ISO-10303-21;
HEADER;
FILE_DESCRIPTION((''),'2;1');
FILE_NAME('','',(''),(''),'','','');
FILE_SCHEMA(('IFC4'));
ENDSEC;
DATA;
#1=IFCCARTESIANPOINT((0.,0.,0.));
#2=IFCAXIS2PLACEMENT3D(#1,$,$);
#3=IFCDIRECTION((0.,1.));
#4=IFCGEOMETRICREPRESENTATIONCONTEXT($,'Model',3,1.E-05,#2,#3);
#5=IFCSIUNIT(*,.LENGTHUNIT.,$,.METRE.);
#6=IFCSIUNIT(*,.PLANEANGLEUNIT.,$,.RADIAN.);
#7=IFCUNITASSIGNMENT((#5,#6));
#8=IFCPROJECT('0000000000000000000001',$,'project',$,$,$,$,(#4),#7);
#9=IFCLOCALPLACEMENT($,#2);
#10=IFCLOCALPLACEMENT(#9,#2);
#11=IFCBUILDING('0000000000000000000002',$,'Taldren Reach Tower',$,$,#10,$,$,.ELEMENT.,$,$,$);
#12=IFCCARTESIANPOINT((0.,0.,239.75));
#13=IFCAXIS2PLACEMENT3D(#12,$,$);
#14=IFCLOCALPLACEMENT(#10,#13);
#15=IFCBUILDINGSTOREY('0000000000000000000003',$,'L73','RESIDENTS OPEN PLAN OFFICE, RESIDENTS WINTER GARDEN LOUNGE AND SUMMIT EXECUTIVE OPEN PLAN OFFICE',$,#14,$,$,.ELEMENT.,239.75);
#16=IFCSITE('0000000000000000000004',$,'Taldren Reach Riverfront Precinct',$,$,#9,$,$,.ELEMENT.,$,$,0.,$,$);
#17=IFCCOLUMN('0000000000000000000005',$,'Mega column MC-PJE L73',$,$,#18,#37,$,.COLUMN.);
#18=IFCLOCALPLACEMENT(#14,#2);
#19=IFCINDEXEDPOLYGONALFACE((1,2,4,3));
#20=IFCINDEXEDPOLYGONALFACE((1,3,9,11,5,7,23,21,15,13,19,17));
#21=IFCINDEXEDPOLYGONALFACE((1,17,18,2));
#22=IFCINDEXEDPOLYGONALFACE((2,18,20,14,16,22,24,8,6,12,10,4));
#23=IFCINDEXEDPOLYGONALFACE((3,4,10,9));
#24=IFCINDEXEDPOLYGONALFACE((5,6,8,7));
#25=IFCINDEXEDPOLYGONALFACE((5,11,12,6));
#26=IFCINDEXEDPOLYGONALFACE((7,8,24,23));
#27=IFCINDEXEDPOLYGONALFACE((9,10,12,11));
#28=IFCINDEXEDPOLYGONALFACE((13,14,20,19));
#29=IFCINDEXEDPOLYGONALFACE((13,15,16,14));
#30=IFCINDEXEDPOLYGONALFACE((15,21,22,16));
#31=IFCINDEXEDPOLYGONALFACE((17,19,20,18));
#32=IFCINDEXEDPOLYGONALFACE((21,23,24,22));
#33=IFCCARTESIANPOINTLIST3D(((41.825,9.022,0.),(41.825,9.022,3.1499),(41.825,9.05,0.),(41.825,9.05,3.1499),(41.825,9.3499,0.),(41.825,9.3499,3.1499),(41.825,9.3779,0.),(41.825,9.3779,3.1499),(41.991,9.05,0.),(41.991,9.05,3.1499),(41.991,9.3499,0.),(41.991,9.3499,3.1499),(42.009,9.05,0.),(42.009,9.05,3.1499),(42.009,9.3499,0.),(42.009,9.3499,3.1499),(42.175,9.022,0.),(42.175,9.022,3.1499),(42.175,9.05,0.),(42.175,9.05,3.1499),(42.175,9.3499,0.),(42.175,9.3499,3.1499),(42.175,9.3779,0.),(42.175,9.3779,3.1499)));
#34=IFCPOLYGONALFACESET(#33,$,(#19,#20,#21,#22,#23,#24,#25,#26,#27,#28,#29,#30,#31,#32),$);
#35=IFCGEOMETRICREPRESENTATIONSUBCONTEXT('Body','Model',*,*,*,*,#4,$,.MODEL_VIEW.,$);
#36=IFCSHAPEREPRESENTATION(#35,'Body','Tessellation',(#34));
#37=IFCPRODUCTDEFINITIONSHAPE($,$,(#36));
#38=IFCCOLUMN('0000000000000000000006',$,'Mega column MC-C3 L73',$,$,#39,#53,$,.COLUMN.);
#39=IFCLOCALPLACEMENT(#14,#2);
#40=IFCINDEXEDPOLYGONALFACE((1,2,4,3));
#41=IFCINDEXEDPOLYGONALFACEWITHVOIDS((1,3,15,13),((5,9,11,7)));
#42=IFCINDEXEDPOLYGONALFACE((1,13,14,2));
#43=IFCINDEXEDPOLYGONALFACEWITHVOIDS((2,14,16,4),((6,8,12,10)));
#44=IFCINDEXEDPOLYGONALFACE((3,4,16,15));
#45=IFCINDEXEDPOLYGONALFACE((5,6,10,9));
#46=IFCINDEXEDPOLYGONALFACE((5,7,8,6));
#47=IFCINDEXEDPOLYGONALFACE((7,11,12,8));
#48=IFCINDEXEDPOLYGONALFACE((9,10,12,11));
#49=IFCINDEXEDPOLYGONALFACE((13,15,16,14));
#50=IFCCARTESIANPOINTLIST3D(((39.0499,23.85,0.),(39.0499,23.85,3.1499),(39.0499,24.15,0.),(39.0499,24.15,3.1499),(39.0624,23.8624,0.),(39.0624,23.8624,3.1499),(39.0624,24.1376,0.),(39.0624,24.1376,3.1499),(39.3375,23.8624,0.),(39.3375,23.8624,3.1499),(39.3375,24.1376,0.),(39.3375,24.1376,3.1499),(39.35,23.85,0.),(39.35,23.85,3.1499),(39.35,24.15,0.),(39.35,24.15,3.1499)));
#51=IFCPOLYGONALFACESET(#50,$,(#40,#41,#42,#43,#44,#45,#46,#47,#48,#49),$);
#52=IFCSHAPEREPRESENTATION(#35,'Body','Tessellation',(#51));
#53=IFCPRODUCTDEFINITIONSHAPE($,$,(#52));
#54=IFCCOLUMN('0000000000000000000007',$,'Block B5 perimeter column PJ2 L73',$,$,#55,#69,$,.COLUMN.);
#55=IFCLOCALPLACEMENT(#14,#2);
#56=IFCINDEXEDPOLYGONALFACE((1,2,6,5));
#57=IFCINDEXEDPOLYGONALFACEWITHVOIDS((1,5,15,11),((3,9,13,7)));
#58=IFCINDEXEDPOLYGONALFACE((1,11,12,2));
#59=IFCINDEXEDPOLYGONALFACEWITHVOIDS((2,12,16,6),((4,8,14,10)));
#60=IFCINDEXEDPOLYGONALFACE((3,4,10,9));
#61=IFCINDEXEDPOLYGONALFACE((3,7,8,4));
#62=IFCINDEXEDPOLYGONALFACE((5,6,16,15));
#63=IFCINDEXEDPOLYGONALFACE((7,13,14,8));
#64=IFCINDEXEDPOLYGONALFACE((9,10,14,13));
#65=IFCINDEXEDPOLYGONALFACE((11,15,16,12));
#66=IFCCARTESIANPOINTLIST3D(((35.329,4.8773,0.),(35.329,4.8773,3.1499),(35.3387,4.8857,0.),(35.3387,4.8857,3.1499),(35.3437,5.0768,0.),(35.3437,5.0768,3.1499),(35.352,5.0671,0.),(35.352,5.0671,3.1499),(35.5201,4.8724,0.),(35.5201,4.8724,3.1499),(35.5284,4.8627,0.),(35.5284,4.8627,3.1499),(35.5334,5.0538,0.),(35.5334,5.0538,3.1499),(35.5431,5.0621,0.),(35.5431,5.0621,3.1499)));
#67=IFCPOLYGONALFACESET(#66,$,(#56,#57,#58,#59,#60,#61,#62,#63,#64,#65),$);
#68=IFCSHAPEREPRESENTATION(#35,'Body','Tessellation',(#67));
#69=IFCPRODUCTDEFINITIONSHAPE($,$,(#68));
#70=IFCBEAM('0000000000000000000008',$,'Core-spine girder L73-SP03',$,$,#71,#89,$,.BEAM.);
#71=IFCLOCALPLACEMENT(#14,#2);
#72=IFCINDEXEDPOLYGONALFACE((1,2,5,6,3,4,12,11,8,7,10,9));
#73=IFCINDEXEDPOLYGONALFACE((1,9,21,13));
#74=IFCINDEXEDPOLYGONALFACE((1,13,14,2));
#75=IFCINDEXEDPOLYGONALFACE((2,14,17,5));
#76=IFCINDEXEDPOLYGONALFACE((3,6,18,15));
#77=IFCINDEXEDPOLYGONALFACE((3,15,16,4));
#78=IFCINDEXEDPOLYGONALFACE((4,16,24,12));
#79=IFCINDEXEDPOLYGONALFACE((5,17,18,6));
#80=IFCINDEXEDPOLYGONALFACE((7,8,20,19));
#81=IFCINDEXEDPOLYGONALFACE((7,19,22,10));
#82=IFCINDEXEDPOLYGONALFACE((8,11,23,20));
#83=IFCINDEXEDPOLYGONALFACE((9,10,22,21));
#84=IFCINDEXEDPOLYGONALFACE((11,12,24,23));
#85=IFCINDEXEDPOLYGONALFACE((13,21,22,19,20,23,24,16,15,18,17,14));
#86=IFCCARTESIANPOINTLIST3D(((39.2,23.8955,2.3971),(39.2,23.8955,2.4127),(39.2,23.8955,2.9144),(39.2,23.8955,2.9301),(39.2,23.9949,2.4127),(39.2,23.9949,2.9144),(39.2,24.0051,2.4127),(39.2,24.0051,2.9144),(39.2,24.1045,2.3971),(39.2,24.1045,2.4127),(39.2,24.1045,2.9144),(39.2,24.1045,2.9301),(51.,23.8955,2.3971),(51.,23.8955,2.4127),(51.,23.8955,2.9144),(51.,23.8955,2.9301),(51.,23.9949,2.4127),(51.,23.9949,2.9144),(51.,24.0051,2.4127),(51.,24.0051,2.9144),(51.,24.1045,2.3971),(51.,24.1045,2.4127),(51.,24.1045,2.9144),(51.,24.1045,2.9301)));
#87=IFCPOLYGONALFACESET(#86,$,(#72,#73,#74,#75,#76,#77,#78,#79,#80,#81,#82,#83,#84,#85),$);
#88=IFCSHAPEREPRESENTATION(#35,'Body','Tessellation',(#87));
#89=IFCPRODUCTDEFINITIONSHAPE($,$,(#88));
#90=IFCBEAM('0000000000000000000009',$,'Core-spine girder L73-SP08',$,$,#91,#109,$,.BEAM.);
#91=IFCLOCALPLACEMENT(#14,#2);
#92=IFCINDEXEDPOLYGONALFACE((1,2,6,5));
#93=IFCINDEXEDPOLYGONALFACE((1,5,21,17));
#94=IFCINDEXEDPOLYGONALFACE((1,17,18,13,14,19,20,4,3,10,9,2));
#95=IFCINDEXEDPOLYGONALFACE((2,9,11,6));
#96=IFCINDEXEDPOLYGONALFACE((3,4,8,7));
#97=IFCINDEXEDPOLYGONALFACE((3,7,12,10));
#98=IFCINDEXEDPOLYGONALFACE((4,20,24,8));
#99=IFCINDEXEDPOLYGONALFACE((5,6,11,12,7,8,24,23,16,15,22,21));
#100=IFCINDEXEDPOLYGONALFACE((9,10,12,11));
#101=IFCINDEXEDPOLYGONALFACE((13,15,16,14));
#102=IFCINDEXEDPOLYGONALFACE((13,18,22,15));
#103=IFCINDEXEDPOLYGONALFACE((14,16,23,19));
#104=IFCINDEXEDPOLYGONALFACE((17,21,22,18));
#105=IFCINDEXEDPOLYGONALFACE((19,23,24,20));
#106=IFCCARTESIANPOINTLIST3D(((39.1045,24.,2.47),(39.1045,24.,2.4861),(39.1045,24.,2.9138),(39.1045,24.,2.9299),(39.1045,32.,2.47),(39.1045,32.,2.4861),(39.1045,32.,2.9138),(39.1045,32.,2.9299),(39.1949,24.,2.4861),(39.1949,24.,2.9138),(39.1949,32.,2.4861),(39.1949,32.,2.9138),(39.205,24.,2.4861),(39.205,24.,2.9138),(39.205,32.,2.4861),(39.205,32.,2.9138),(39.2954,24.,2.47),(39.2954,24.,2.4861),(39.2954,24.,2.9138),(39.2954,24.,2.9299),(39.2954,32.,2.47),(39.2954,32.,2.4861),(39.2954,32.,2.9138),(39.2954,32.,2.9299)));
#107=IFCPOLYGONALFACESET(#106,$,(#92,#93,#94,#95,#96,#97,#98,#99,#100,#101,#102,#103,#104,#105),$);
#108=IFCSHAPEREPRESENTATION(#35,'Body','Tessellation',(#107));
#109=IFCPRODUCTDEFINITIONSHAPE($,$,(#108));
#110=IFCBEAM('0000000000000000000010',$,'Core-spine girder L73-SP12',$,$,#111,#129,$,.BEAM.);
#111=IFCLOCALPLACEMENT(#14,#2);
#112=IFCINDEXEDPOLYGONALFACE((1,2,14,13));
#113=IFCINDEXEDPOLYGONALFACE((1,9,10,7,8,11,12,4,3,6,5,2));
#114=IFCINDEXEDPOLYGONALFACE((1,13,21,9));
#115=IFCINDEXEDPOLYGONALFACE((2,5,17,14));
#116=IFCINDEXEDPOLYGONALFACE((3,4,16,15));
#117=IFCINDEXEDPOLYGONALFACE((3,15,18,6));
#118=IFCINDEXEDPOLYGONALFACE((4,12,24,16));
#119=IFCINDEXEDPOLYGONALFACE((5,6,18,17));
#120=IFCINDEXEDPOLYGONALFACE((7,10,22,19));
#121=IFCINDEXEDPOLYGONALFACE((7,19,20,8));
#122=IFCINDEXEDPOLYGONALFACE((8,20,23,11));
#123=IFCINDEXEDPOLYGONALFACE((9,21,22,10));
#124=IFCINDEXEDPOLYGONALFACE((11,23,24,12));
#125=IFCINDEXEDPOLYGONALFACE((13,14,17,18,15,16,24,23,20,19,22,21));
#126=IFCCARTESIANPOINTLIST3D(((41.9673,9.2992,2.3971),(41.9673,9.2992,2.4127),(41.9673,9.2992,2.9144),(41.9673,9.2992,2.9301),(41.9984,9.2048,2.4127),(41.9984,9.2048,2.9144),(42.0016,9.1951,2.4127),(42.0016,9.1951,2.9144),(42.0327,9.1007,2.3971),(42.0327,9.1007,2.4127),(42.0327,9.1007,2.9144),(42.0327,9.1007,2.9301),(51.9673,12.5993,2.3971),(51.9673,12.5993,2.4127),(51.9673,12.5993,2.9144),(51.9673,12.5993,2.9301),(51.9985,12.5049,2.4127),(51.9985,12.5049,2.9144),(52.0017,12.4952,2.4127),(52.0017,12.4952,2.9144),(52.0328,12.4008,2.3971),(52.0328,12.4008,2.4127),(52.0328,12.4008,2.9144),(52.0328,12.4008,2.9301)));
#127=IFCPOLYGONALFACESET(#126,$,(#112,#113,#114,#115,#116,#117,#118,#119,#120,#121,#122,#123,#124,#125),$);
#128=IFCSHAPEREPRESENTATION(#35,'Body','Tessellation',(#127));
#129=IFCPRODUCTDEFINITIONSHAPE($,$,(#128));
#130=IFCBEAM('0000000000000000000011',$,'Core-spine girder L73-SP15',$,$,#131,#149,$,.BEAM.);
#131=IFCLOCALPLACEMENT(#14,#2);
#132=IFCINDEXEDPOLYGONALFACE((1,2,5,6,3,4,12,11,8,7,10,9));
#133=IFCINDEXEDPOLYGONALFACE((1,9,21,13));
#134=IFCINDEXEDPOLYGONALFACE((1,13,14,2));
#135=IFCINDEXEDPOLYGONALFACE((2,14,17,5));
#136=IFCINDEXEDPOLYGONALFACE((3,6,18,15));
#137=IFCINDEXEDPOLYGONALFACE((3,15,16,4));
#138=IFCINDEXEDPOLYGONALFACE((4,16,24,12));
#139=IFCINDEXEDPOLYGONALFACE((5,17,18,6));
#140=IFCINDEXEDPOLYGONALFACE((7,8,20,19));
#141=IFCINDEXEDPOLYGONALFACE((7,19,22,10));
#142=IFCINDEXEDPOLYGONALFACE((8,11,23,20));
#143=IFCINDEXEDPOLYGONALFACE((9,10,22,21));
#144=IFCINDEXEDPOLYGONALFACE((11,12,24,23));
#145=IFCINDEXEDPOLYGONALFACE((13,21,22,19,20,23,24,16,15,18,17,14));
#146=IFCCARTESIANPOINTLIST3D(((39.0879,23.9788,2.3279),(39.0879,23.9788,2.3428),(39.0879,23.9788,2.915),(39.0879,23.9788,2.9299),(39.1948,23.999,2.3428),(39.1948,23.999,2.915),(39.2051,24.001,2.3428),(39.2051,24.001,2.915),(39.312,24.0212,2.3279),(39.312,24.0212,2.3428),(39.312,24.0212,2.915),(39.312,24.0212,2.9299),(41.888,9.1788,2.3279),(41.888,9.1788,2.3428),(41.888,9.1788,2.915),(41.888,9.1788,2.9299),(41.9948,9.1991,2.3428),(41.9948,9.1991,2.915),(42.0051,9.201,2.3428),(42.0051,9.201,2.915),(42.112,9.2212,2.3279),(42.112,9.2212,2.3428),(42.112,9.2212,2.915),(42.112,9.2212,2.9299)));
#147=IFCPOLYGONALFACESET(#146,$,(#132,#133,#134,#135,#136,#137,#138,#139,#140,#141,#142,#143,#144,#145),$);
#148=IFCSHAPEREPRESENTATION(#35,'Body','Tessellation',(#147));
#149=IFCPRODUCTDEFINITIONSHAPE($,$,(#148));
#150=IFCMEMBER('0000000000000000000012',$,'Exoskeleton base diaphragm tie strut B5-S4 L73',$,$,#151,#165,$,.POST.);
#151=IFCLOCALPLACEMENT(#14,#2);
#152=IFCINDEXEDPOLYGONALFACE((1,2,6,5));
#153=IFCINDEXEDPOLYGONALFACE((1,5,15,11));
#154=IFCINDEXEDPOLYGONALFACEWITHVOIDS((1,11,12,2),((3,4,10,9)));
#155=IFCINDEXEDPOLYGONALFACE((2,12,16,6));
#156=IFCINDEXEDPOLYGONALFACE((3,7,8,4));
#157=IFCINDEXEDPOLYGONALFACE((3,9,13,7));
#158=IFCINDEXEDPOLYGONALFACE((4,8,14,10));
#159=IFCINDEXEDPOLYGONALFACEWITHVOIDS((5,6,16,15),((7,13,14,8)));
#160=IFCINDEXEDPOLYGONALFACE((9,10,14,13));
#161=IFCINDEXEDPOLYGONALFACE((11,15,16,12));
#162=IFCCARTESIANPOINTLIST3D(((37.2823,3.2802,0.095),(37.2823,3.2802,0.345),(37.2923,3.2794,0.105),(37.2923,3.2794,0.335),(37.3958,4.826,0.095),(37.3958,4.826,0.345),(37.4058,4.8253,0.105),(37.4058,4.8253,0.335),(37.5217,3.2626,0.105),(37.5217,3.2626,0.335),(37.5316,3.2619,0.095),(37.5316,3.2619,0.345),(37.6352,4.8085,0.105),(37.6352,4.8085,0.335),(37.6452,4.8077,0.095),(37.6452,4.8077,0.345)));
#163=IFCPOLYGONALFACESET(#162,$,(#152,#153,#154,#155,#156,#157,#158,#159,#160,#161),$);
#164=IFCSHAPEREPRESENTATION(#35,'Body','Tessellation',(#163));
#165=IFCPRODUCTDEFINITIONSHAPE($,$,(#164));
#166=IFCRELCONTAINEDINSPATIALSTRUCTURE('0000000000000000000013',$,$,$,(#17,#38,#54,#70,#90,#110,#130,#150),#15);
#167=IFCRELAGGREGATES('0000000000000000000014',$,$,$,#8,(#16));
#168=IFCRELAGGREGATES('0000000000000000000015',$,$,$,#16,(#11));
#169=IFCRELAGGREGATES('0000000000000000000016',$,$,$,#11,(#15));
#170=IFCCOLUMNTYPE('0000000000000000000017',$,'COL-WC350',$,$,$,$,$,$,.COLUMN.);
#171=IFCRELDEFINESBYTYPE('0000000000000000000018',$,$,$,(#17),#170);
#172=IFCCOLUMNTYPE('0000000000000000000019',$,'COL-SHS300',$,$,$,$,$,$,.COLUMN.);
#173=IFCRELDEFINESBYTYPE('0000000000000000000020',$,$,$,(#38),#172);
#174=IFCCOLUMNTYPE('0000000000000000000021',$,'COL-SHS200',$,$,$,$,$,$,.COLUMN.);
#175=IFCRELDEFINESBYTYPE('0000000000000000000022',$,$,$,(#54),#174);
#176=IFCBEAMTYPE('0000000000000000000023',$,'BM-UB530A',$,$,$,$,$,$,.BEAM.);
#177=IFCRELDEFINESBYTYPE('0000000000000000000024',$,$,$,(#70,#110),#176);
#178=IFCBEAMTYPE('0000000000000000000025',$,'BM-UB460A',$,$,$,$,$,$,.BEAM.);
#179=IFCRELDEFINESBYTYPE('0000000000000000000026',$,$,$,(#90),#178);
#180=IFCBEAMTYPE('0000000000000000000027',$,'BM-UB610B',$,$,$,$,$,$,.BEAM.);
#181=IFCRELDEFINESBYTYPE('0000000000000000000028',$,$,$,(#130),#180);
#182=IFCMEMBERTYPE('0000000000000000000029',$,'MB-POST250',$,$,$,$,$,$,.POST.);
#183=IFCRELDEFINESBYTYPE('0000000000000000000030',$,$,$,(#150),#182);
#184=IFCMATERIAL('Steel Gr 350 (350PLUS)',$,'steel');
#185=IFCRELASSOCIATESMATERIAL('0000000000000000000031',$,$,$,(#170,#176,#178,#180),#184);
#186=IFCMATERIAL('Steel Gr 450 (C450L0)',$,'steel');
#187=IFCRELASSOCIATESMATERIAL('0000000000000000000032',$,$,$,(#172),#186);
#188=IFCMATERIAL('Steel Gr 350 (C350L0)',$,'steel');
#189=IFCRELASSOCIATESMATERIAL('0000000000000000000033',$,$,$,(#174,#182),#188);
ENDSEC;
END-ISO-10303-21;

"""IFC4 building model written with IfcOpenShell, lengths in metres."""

from ifc_helpers import new_model, si_unit, direction, frame, origin, origin_2d, place, context, subcontext, project, spatial, hollow_rectangle, i_section, extrude, source, transform, mapped, material, material_profile, profile_set, type_object, element, save


model = new_model("IFC4")

# Units and contexts
model_context = context("Model", 3, precision=1e-05, world=origin(), true_north=direction((0.0, 1.0)))
body_context = subcontext(model_context, "Body", "Model", "MODEL_VIEW")
ifc_project = project(units=[si_unit("LENGTHUNIT", "METRE"), si_unit("PLANEANGLEUNIT", "RADIAN")], contexts=[model_context])

# Site, building, storey
site_placement = place(None, origin())
site = spatial("IfcSite", under=ifc_project, at=site_placement, Name="Taldren Reach Riverfront Precinct", CompositionType="ELEMENT", RefElevation=0.0)
building_placement = place(site_placement, origin())
building = spatial("IfcBuilding", under=site, at=building_placement, Name="Taldren Reach Tower", CompositionType="ELEMENT")
storey_placement = place(building_placement, frame((0.0, 0.0, 239.75)))
storey = spatial("IfcBuildingStorey", under=building, at=storey_placement, Name="L73", Description="RESIDENTS OPEN PLAN OFFICE, RESIDENTS WINTER GARDEN LOUNGE AND SUMMIT EXECUTIVE OPEN PLAN OFFICE", CompositionType="ELEMENT", Elevation=239.75)

# Columns
ifc_material_1 = material(Name="Steel Gr 350 (350PLUS)", Category="steel")
ifc_material_profile_1 = material_profile(ifc_material_1, i_section(OverallWidth=0.3501, OverallDepth=0.356, WebThickness=0.0181, FlangeThickness=0.0281, at=origin_2d()), Name="350WC197")
ifc_profile_set_1 = profile_set([ifc_material_profile_1], Name="Steel Gr 350 (350PLUS)")
column_type_1 = type_object("IfcColumnType", Name="COL-WC350", PredefinedType="COLUMN", material=ifc_profile_set_1)
shared_shape_1 = source(origin(), body_context, "Body", "SweptSolid", [
    extrude(i_section(OverallWidth=0.3501, OverallDepth=0.356, WebThickness=0.0181, FlangeThickness=0.0281, at=origin_2d()), origin(), (0.0, 0.0, 1.0), 3.1499),
])
column_1_placement = place(storey_placement, frame((42.0, 9.2, 0.0), z_axis=(0.0, 0.0, 1.0), x_axis=(1.0, 0.0, 0.0)))
element("IfcColumn", 1, at=column_1_placement, inside=storey, type_object=column_type_1, Name="Mega column MC-PJE L73", PredefinedType="COLUMN", context=body_context, shape_type="MappedRepresentation", body=[
    mapped(shared_shape_1, transform((0.0, 0.0, 0.0), scale=1.0)),
])
ifc_material_2 = material(Name="Steel Gr 450 (C450L0)", Category="steel")
ifc_material_profile_2 = material_profile(ifc_material_2, hollow_rectangle(XDim=0.3, YDim=0.3, WallThickness=0.0125, at=origin_2d()), Name="300x300x12.5SHS")
ifc_profile_set_2 = profile_set([ifc_material_profile_2], Name="Steel Gr 450 (C450L0)")
column_type_2 = type_object("IfcColumnType", Name="COL-SHS300", PredefinedType="COLUMN", material=ifc_profile_set_2)
shared_shape_2 = source(origin(), body_context, "Body", "SweptSolid", [
    extrude(hollow_rectangle(XDim=0.3, YDim=0.3, WallThickness=0.0125, at=origin_2d()), origin(), (0.0, 0.0, 1.0), 3.1499),
])
column_2_placement = place(storey_placement, frame((39.2, 24.0, 0.0), z_axis=(0.0, 0.0, 1.0), x_axis=(1.0, 0.0, 0.0)))
element("IfcColumn", 2, at=column_2_placement, inside=storey, type_object=column_type_2, Name="Mega column MC-C3 L73", PredefinedType="COLUMN", context=body_context, shape_type="MappedRepresentation", body=[
    mapped(shared_shape_2, transform((0.0, 0.0, 0.0), scale=1.0)),
])
ifc_material_3 = material(Name="Steel Gr 350 (C350L0)", Category="steel")
ifc_material_profile_3 = material_profile(ifc_material_3, hollow_rectangle(XDim=0.2, YDim=0.2, WallThickness=0.009, at=origin_2d()), Name="200x200x9.0SHS")
ifc_profile_set_3 = profile_set([ifc_material_profile_3], Name="Steel Gr 350 (C350L0)")
column_type_3 = type_object("IfcColumnType", Name="COL-SHS200", PredefinedType="COLUMN", material=ifc_profile_set_3)
shared_shape_3 = source(origin(), body_context, "Body", "SweptSolid", [
    extrude(hollow_rectangle(XDim=0.2, YDim=0.2, WallThickness=0.009, at=origin_2d()), origin(), (0.0, 0.0, 1.0), 3.1499),
])
column_3_placement = place(storey_placement, frame((35.436, 4.9697, 0.0), z_axis=(0.0, 0.0, 1.0), x_axis=(0.997314, -0.073238, 0.0)))
element("IfcColumn", 3, at=column_3_placement, inside=storey, type_object=column_type_3, Name="Block B5 perimeter column PJ2 L73", PredefinedType="COLUMN", context=body_context, shape_type="MappedRepresentation", body=[
    mapped(shared_shape_3, transform((0.0, 0.0, 0.0), scale=1.0)),
])

# Beams
ifc_material_profile_4 = material_profile(ifc_material_1, i_section(OverallWidth=0.209, OverallDepth=0.533, WebThickness=0.0103, FlangeThickness=0.0156, at=origin_2d()), Name="530UB92.4")
ifc_profile_set_4 = profile_set([ifc_material_profile_4], Name="Steel Gr 350 (350PLUS)")
beam_type_1 = type_object("IfcBeamType", Name="BM-UB530A", PredefinedType="BEAM", material=ifc_profile_set_4)
shared_shape_4 = source(origin(), body_context, "Body", "SweptSolid", [
    extrude(i_section(OverallWidth=0.209, OverallDepth=0.533, WebThickness=0.0103, FlangeThickness=0.0156, at=origin_2d()), origin(), (0.0, 0.0, 1.0), 11.8),
])
beam_1_placement = place(storey_placement, frame((39.2, 24.0, 2.6636), z_axis=(1.0, 0.0, 0.0), x_axis=(0.0, 1.0, 0.0)))
element("IfcBeam", 4, at=beam_1_placement, inside=storey, type_object=beam_type_1, Name="Core-spine girder L73-SP03", PredefinedType="BEAM", context=body_context, shape_type="MappedRepresentation", body=[
    mapped(shared_shape_4, transform((0.0, 0.0, 0.0), scale=1.0)),
])
ifc_material_profile_5 = material_profile(ifc_material_1, i_section(OverallWidth=0.1909, OverallDepth=0.46, WebThickness=0.01, FlangeThickness=0.0161, at=origin_2d()), Name="460UB82.1")
ifc_profile_set_5 = profile_set([ifc_material_profile_5], Name="Steel Gr 350 (350PLUS)")
beam_type_2 = type_object("IfcBeamType", Name="BM-UB460A", PredefinedType="BEAM", material=ifc_profile_set_5)
shared_shape_5 = source(origin(), body_context, "Body", "SweptSolid", [
    extrude(i_section(OverallWidth=0.1909, OverallDepth=0.46, WebThickness=0.01, FlangeThickness=0.0161, at=origin_2d()), origin(), (0.0, 0.0, 1.0), 8.0),
])
beam_2_placement = place(storey_placement, frame((39.2, 24.0, 2.7), z_axis=(0.0, 1.0, 0.0), x_axis=(-1.0, 0.0, 0.0)))
element("IfcBeam", 5, at=beam_2_placement, inside=storey, type_object=beam_type_2, Name="Core-spine girder L73-SP08", PredefinedType="BEAM", context=body_context, shape_type="MappedRepresentation", body=[
    mapped(shared_shape_5, transform((0.0, 0.0, 0.0), scale=1.0)),
])
shared_shape_6 = source(origin(), body_context, "Body", "SweptSolid", [
    extrude(i_section(OverallWidth=0.209, OverallDepth=0.533, WebThickness=0.0103, FlangeThickness=0.0156, at=origin_2d()), origin(), (0.0, 0.0, 1.0), 10.5305),
])
beam_3_placement = place(storey_placement, frame((42.0, 9.2, 2.6636), z_axis=(0.949627, 0.313382, 0.0), x_axis=(-0.313382, 0.949627, 0.0)))
element("IfcBeam", 6, at=beam_3_placement, inside=storey, type_object=beam_type_1, Name="Core-spine girder L73-SP12", PredefinedType="BEAM", context=body_context, shape_type="MappedRepresentation", body=[
    mapped(shared_shape_6, transform((0.0, 0.0, 0.0), scale=1.0)),
])
ifc_material_profile_6 = material_profile(ifc_material_1, i_section(OverallWidth=0.228, OverallDepth=0.6021, WebThickness=0.0105, FlangeThickness=0.0149, at=origin_2d()), Name="610UB101")
ifc_profile_set_6 = profile_set([ifc_material_profile_6], Name="Steel Gr 350 (350PLUS)")
beam_type_3 = type_object("IfcBeamType", Name="BM-UB610B", PredefinedType="BEAM", material=ifc_profile_set_6)
shared_shape_7 = source(origin(), body_context, "Body", "SweptSolid", [
    extrude(i_section(OverallWidth=0.228, OverallDepth=0.6021, WebThickness=0.0105, FlangeThickness=0.0149, at=origin_2d()), origin(), (0.0, 0.0, 1.0), 15.0625),
])
beam_4_placement = place(storey_placement, frame((39.2, 24.0, 2.6289), z_axis=(0.185894, -0.98257, 0.0), x_axis=(0.98257, 0.185894, 0.0)))
element("IfcBeam", 7, at=beam_4_placement, inside=storey, type_object=beam_type_3, Name="Core-spine girder L73-SP15", PredefinedType="BEAM", context=body_context, shape_type="MappedRepresentation", body=[
    mapped(shared_shape_7, transform((0.0, 0.0, 0.0), scale=1.0)),
])

# Member
ifc_material_profile_7 = material_profile(ifc_material_3, hollow_rectangle(XDim=0.25, YDim=0.25, WallThickness=0.01, at=origin_2d()), Name="250x250x10.0SHS")
ifc_profile_set_7 = profile_set([ifc_material_profile_7], Name="Steel Gr 350 (C350L0)")
member_type_1 = type_object("IfcMemberType", Name="MB-POST250", PredefinedType="POST", material=ifc_profile_set_7)
shared_shape_8 = source(origin(), body_context, "Body", "SweptSolid", [
    extrude(hollow_rectangle(XDim=0.25, YDim=0.25, WallThickness=0.01, at=origin_2d()), origin(), (0.0, 0.0, 1.0), 1.55),
])
for number, where, z_axis, x_axis, name in (
    (8, (37.5205, 4.8169, 0.22), (-0.073239, -0.997314, 0.0), (0.997314, -0.073239, 0.0), "Exoskeleton base diaphragm tie strut B5-S4 L73"),
):
    element("IfcMember", number, at=place(storey_placement, frame(where, z_axis=z_axis, x_axis=x_axis)), inside=storey, type_object=member_type_1, Name=name, PredefinedType="POST", context=body_context, shape_type="MappedRepresentation", body=[
        mapped(shared_shape_8, transform((0.0, 0.0, 0.0), scale=1.0)),
    ])

save(model, "model.ifc")
